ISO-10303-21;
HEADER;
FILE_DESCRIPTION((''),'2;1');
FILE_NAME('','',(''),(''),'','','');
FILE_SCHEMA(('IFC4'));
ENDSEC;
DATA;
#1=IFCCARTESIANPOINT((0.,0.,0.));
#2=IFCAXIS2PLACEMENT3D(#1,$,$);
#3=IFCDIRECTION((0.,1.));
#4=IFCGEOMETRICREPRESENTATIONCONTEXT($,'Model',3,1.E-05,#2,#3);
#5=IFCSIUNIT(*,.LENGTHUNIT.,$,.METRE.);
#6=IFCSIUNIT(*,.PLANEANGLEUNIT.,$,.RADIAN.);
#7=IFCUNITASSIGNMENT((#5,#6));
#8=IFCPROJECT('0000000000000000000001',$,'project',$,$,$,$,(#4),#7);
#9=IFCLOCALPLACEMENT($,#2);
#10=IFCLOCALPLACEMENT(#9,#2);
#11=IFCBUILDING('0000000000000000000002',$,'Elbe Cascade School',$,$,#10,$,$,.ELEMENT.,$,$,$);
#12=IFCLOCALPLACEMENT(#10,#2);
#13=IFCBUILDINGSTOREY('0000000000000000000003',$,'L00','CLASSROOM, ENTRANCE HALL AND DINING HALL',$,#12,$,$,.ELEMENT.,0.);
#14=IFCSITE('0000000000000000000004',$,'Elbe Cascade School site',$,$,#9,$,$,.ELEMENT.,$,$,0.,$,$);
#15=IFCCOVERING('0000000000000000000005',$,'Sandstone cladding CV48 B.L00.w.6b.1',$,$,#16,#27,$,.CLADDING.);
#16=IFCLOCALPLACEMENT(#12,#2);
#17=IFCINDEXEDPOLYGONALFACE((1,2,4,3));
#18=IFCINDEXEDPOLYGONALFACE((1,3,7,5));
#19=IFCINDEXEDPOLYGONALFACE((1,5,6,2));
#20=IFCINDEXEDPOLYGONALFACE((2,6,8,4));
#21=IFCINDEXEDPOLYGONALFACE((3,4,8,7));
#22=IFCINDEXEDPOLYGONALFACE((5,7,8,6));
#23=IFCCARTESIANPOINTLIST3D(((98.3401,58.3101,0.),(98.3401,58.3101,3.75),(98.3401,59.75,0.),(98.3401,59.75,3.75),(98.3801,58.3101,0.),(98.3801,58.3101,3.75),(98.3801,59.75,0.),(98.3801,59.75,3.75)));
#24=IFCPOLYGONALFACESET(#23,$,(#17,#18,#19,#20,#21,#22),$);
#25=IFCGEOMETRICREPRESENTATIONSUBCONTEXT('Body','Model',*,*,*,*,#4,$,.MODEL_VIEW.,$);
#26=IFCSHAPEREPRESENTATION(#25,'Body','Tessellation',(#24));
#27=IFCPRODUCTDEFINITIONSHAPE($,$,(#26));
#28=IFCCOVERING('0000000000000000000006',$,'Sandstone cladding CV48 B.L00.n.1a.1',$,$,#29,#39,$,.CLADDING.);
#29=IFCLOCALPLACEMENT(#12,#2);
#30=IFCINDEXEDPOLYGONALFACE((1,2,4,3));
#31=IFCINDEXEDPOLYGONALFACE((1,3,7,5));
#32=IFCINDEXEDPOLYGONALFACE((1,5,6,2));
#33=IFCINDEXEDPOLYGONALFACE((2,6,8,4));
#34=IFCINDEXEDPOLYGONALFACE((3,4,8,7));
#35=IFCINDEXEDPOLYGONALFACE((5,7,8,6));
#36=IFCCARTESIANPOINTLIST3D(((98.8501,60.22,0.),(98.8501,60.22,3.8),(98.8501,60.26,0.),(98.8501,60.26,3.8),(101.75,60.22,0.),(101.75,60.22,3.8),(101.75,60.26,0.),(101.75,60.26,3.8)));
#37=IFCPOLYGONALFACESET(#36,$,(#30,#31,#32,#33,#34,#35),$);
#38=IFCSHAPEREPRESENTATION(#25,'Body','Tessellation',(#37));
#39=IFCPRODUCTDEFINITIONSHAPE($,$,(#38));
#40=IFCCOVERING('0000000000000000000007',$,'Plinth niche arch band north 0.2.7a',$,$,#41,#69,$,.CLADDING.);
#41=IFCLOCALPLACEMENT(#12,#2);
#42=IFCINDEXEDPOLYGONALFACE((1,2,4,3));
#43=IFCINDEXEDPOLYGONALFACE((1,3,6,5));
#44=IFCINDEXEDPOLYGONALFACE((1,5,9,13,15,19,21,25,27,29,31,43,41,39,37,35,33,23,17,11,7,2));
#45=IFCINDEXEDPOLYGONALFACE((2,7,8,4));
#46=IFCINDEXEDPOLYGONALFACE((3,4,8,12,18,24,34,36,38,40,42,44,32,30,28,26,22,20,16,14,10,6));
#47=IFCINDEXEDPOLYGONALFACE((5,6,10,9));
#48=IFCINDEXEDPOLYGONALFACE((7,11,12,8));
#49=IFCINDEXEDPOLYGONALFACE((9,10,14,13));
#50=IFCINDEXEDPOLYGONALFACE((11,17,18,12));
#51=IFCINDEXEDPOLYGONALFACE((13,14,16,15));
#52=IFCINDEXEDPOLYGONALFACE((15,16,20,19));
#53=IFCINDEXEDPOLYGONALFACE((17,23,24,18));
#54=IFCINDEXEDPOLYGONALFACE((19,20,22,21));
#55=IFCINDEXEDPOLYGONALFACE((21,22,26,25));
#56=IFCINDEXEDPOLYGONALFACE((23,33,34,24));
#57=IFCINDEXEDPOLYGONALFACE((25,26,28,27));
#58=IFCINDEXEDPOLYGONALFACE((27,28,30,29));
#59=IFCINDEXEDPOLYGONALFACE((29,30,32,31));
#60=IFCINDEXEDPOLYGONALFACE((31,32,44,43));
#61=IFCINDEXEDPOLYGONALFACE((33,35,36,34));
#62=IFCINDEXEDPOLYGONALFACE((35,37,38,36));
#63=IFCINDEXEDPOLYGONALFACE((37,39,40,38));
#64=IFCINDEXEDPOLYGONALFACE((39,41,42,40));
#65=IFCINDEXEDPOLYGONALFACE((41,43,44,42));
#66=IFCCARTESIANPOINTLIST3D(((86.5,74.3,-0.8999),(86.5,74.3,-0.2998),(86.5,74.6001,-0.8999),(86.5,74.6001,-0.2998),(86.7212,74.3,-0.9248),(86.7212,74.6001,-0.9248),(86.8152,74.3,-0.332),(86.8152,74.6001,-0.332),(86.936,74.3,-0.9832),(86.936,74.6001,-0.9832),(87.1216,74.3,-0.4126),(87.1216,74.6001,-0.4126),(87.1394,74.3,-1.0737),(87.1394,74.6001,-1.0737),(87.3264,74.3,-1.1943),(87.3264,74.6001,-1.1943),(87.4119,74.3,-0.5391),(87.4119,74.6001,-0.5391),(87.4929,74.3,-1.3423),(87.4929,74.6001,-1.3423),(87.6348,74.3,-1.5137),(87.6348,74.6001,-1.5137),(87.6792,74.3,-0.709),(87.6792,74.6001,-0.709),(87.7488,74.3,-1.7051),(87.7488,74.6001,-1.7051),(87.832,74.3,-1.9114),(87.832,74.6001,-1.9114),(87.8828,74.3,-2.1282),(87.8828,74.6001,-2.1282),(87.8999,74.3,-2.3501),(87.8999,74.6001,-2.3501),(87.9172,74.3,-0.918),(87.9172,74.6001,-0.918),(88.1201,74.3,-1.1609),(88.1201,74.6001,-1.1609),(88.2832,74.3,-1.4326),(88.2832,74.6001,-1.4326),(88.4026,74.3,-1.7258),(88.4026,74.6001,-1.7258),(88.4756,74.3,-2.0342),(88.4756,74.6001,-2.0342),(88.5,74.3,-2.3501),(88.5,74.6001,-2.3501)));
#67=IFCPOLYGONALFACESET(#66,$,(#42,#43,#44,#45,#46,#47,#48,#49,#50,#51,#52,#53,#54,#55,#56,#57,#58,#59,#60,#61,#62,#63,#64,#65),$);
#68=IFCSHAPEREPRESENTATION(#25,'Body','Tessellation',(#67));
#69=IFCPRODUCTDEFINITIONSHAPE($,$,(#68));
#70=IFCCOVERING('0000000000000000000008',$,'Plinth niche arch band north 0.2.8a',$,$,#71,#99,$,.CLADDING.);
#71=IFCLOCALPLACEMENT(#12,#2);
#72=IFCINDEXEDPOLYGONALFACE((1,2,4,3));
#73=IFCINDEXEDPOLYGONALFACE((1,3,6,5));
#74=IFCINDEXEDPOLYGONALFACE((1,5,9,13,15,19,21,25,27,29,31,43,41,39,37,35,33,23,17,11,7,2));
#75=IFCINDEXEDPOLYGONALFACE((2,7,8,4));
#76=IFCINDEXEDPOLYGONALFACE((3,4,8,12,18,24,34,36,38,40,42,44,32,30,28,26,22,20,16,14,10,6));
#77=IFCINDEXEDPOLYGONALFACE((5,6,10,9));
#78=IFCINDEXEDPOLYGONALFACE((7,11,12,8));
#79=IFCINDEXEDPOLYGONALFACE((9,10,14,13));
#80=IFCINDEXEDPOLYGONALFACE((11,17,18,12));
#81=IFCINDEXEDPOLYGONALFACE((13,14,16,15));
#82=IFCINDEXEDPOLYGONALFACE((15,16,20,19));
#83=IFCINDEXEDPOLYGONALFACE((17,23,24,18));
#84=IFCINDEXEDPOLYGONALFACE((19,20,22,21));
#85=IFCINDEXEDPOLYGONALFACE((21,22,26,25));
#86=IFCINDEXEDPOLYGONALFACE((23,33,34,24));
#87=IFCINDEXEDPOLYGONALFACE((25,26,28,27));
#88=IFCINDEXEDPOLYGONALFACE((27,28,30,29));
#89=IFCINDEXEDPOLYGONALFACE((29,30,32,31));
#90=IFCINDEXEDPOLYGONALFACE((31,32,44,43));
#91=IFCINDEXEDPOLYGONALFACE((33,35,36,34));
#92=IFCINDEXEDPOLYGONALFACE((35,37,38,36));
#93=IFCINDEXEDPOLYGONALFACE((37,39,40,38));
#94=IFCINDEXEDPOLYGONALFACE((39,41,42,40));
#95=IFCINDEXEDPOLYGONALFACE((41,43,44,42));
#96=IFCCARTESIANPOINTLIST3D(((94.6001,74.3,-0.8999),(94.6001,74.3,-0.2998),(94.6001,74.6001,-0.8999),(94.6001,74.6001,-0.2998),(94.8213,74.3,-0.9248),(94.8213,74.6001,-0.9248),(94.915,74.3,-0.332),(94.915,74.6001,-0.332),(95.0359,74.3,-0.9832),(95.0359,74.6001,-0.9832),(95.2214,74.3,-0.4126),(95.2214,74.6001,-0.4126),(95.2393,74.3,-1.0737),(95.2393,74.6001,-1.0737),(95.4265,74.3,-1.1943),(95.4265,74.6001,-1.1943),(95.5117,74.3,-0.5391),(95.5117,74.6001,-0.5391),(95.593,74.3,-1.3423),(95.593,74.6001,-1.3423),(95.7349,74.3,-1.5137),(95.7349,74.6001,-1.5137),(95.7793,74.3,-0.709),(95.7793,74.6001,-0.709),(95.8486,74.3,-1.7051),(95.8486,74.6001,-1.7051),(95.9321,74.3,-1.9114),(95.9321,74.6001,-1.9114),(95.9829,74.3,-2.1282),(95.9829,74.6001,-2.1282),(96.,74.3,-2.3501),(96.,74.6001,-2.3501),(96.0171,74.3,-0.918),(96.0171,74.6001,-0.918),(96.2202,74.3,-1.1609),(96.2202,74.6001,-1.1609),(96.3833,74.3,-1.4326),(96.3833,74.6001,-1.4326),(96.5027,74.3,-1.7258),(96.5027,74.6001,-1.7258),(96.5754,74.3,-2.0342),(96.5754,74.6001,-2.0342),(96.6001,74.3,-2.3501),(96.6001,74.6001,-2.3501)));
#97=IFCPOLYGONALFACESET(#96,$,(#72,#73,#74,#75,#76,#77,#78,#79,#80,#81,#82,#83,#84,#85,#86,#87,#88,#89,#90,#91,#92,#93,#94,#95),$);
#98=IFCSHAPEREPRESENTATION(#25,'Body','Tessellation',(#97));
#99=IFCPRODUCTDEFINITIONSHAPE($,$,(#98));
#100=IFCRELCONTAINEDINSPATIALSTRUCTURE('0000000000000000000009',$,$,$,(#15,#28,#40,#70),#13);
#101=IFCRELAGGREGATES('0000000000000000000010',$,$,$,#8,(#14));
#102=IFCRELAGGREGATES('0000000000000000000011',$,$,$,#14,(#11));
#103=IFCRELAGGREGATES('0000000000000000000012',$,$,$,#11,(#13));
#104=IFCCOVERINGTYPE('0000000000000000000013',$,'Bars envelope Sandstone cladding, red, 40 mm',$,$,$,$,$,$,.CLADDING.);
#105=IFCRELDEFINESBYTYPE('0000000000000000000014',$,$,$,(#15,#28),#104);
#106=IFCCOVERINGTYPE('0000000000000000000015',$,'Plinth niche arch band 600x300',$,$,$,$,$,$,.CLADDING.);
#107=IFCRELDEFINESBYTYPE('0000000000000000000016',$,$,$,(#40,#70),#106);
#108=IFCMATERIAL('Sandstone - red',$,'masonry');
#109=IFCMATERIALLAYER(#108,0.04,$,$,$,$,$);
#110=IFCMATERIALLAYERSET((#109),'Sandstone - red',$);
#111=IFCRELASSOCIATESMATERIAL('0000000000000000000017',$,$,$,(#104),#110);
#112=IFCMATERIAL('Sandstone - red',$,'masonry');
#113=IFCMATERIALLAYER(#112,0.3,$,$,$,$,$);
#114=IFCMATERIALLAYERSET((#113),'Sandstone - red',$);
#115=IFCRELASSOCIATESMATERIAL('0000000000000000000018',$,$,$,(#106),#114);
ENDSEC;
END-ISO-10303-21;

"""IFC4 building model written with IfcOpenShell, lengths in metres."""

from ifc_helpers import new_model, si_unit, direction, frame, origin, origin_2d, place, context, subcontext, project, spatial, polyline, rectangle, outline, extrude, material, layer, layer_set, type_object, element, save


model = new_model("IFC4")

# Units and contexts
model_context = context("Model", 3, precision=1e-05, world=origin(), true_north=direction((0.0, 1.0)))
body_context = subcontext(model_context, "Body", "Model", "MODEL_VIEW")
ifc_project = project(units=[si_unit("LENGTHUNIT", "METRE"), si_unit("PLANEANGLEUNIT", "RADIAN")], contexts=[model_context])

# Site, building, storey
site_placement = place(None, origin())
site = spatial("IfcSite", under=ifc_project, at=site_placement, Name="Elbe Cascade School site", CompositionType="ELEMENT", RefElevation=0.0)
building_placement = place(site_placement, origin())
building = spatial("IfcBuilding", under=site, at=building_placement, Name="Elbe Cascade School", CompositionType="ELEMENT")
storey_placement = place(building_placement, origin())
storey = spatial("IfcBuildingStorey", under=building, at=storey_placement, Name="L00", Description="CLASSROOM, ENTRANCE HALL AND DINING HALL", CompositionType="ELEMENT", Elevation=0.0)

# Coverings
ifc_material_1 = material(Name="Sandstone - red", Category="masonry")
ifc_layer_1 = layer(ifc_material_1, 0.04)
ifc_layer_set_1 = layer_set([ifc_layer_1], Name="Sandstone - red")
covering_type_1 = type_object("IfcCoveringType", Name="Bars envelope Sandstone cladding, red, 40 mm", PredefinedType="CLADDING", material=ifc_layer_set_1)
covering_1_placement = place(storey_placement, frame((98.3601, 59.03, 0.0), z_axis=(0.0, 0.0, 1.0), x_axis=(0.0, 1.0, 0.0)))
element("IfcCovering", 1, at=covering_1_placement, inside=storey, type_object=covering_type_1, Name="Sandstone cladding CV48 B.L00.w.6b.1", PredefinedType="CLADDING", context=body_context, shape_type="SweptSolid", body=[
    extrude(rectangle(XDim=1.4399, YDim=0.04, at=origin_2d()), origin(), (0.0, 0.0, 1.0), 3.75),
])
covering_2_placement = place(storey_placement, frame((100.3, 60.24, 0.0), z_axis=(0.0, 0.0, 1.0), x_axis=(1.0, 0.0, 0.0)))
element("IfcCovering", 2, at=covering_2_placement, inside=storey, type_object=covering_type_1, Name="Sandstone cladding CV48 B.L00.n.1a.1", PredefinedType="CLADDING", context=body_context, shape_type="SweptSolid", body=[
    extrude(rectangle(XDim=2.8999, YDim=0.04, at=origin_2d()), origin(), (0.0, 0.0, 1.0), 3.8),
])
ifc_material_2 = material(Name="Sandstone - red", Category="masonry")
ifc_layer_2 = layer(ifc_material_2, 0.3)
ifc_layer_set_2 = layer_set([ifc_layer_2], Name="Sandstone - red")
covering_type_2 = type_object("IfcCoveringType", Name="Plinth niche arch band 600x300", PredefinedType="CLADDING", material=ifc_layer_set_2)
covering_3_placement = place(storey_placement, frame((88.5, 74.6001, -2.3501), z_axis=(0.0, 1.0, 0.0), x_axis=(-1.0, 0.0, 0.0)))
element("IfcCovering", 3, at=covering_3_placement, inside=storey, type_object=covering_type_2, Name="Plinth niche arch band north 0.2.7a", PredefinedType="CLADDING", context=body_context, shape_type="SweptSolid", body=[
    extrude(outline(polyline([(0.0, 0.0), (0.6001, 0.0), (0.6172, 0.2219), (0.668, 0.4387), (0.7512, 0.645), (0.8652, 0.8364), (1.0071, 1.0078), (1.1736, 1.1558), (1.3606, 1.2764), (1.564, 1.3669), (1.7788, 1.4253), (2.0, 1.4502), (2.0, 2.0503), (1.6848, 2.0181), (1.3784, 1.9375), (1.0881, 1.811), (0.8208, 1.6411), (0.5828, 1.4321), (0.3799, 1.1892), (0.2168, 0.9175), (0.0974, 0.6243), (0.0244, 0.3159), (0.0, 0.0)])), origin(), (0.0, 0.0, -1.0), 0.3),
])
covering_4_placement = place(storey_placement, frame((96.6001, 74.6001, -2.3501), z_axis=(0.0, 1.0, 0.0), x_axis=(-1.0, 0.0, 0.0)))
element("IfcCovering", 4, at=covering_4_placement, inside=storey, type_object=covering_type_2, Name="Plinth niche arch band north 0.2.8a", PredefinedType="CLADDING", context=body_context, shape_type="SweptSolid", body=[
    extrude(outline(polyline([(0.0, 0.0), (0.6001, 0.0), (0.6172, 0.2219), (0.668, 0.4387), (0.7515, 0.645), (0.8652, 0.8364), (1.0071, 1.0078), (1.1736, 1.1558), (1.3608, 1.2764), (1.5642, 1.3669), (1.7788, 1.4253), (2.0, 1.4502), (2.0, 2.0503), (1.6851, 2.0181), (1.3787, 1.9375), (1.0884, 1.811), (0.8208, 1.6411), (0.583, 1.4321), (0.3799, 1.1892), (0.2168, 0.9175), (0.0974, 0.6243), (0.0247, 0.3159), (0.0, 0.0)])), origin(), (0.0, 0.0, -1.0), 0.3),
])

save(model, "model.ifc")
